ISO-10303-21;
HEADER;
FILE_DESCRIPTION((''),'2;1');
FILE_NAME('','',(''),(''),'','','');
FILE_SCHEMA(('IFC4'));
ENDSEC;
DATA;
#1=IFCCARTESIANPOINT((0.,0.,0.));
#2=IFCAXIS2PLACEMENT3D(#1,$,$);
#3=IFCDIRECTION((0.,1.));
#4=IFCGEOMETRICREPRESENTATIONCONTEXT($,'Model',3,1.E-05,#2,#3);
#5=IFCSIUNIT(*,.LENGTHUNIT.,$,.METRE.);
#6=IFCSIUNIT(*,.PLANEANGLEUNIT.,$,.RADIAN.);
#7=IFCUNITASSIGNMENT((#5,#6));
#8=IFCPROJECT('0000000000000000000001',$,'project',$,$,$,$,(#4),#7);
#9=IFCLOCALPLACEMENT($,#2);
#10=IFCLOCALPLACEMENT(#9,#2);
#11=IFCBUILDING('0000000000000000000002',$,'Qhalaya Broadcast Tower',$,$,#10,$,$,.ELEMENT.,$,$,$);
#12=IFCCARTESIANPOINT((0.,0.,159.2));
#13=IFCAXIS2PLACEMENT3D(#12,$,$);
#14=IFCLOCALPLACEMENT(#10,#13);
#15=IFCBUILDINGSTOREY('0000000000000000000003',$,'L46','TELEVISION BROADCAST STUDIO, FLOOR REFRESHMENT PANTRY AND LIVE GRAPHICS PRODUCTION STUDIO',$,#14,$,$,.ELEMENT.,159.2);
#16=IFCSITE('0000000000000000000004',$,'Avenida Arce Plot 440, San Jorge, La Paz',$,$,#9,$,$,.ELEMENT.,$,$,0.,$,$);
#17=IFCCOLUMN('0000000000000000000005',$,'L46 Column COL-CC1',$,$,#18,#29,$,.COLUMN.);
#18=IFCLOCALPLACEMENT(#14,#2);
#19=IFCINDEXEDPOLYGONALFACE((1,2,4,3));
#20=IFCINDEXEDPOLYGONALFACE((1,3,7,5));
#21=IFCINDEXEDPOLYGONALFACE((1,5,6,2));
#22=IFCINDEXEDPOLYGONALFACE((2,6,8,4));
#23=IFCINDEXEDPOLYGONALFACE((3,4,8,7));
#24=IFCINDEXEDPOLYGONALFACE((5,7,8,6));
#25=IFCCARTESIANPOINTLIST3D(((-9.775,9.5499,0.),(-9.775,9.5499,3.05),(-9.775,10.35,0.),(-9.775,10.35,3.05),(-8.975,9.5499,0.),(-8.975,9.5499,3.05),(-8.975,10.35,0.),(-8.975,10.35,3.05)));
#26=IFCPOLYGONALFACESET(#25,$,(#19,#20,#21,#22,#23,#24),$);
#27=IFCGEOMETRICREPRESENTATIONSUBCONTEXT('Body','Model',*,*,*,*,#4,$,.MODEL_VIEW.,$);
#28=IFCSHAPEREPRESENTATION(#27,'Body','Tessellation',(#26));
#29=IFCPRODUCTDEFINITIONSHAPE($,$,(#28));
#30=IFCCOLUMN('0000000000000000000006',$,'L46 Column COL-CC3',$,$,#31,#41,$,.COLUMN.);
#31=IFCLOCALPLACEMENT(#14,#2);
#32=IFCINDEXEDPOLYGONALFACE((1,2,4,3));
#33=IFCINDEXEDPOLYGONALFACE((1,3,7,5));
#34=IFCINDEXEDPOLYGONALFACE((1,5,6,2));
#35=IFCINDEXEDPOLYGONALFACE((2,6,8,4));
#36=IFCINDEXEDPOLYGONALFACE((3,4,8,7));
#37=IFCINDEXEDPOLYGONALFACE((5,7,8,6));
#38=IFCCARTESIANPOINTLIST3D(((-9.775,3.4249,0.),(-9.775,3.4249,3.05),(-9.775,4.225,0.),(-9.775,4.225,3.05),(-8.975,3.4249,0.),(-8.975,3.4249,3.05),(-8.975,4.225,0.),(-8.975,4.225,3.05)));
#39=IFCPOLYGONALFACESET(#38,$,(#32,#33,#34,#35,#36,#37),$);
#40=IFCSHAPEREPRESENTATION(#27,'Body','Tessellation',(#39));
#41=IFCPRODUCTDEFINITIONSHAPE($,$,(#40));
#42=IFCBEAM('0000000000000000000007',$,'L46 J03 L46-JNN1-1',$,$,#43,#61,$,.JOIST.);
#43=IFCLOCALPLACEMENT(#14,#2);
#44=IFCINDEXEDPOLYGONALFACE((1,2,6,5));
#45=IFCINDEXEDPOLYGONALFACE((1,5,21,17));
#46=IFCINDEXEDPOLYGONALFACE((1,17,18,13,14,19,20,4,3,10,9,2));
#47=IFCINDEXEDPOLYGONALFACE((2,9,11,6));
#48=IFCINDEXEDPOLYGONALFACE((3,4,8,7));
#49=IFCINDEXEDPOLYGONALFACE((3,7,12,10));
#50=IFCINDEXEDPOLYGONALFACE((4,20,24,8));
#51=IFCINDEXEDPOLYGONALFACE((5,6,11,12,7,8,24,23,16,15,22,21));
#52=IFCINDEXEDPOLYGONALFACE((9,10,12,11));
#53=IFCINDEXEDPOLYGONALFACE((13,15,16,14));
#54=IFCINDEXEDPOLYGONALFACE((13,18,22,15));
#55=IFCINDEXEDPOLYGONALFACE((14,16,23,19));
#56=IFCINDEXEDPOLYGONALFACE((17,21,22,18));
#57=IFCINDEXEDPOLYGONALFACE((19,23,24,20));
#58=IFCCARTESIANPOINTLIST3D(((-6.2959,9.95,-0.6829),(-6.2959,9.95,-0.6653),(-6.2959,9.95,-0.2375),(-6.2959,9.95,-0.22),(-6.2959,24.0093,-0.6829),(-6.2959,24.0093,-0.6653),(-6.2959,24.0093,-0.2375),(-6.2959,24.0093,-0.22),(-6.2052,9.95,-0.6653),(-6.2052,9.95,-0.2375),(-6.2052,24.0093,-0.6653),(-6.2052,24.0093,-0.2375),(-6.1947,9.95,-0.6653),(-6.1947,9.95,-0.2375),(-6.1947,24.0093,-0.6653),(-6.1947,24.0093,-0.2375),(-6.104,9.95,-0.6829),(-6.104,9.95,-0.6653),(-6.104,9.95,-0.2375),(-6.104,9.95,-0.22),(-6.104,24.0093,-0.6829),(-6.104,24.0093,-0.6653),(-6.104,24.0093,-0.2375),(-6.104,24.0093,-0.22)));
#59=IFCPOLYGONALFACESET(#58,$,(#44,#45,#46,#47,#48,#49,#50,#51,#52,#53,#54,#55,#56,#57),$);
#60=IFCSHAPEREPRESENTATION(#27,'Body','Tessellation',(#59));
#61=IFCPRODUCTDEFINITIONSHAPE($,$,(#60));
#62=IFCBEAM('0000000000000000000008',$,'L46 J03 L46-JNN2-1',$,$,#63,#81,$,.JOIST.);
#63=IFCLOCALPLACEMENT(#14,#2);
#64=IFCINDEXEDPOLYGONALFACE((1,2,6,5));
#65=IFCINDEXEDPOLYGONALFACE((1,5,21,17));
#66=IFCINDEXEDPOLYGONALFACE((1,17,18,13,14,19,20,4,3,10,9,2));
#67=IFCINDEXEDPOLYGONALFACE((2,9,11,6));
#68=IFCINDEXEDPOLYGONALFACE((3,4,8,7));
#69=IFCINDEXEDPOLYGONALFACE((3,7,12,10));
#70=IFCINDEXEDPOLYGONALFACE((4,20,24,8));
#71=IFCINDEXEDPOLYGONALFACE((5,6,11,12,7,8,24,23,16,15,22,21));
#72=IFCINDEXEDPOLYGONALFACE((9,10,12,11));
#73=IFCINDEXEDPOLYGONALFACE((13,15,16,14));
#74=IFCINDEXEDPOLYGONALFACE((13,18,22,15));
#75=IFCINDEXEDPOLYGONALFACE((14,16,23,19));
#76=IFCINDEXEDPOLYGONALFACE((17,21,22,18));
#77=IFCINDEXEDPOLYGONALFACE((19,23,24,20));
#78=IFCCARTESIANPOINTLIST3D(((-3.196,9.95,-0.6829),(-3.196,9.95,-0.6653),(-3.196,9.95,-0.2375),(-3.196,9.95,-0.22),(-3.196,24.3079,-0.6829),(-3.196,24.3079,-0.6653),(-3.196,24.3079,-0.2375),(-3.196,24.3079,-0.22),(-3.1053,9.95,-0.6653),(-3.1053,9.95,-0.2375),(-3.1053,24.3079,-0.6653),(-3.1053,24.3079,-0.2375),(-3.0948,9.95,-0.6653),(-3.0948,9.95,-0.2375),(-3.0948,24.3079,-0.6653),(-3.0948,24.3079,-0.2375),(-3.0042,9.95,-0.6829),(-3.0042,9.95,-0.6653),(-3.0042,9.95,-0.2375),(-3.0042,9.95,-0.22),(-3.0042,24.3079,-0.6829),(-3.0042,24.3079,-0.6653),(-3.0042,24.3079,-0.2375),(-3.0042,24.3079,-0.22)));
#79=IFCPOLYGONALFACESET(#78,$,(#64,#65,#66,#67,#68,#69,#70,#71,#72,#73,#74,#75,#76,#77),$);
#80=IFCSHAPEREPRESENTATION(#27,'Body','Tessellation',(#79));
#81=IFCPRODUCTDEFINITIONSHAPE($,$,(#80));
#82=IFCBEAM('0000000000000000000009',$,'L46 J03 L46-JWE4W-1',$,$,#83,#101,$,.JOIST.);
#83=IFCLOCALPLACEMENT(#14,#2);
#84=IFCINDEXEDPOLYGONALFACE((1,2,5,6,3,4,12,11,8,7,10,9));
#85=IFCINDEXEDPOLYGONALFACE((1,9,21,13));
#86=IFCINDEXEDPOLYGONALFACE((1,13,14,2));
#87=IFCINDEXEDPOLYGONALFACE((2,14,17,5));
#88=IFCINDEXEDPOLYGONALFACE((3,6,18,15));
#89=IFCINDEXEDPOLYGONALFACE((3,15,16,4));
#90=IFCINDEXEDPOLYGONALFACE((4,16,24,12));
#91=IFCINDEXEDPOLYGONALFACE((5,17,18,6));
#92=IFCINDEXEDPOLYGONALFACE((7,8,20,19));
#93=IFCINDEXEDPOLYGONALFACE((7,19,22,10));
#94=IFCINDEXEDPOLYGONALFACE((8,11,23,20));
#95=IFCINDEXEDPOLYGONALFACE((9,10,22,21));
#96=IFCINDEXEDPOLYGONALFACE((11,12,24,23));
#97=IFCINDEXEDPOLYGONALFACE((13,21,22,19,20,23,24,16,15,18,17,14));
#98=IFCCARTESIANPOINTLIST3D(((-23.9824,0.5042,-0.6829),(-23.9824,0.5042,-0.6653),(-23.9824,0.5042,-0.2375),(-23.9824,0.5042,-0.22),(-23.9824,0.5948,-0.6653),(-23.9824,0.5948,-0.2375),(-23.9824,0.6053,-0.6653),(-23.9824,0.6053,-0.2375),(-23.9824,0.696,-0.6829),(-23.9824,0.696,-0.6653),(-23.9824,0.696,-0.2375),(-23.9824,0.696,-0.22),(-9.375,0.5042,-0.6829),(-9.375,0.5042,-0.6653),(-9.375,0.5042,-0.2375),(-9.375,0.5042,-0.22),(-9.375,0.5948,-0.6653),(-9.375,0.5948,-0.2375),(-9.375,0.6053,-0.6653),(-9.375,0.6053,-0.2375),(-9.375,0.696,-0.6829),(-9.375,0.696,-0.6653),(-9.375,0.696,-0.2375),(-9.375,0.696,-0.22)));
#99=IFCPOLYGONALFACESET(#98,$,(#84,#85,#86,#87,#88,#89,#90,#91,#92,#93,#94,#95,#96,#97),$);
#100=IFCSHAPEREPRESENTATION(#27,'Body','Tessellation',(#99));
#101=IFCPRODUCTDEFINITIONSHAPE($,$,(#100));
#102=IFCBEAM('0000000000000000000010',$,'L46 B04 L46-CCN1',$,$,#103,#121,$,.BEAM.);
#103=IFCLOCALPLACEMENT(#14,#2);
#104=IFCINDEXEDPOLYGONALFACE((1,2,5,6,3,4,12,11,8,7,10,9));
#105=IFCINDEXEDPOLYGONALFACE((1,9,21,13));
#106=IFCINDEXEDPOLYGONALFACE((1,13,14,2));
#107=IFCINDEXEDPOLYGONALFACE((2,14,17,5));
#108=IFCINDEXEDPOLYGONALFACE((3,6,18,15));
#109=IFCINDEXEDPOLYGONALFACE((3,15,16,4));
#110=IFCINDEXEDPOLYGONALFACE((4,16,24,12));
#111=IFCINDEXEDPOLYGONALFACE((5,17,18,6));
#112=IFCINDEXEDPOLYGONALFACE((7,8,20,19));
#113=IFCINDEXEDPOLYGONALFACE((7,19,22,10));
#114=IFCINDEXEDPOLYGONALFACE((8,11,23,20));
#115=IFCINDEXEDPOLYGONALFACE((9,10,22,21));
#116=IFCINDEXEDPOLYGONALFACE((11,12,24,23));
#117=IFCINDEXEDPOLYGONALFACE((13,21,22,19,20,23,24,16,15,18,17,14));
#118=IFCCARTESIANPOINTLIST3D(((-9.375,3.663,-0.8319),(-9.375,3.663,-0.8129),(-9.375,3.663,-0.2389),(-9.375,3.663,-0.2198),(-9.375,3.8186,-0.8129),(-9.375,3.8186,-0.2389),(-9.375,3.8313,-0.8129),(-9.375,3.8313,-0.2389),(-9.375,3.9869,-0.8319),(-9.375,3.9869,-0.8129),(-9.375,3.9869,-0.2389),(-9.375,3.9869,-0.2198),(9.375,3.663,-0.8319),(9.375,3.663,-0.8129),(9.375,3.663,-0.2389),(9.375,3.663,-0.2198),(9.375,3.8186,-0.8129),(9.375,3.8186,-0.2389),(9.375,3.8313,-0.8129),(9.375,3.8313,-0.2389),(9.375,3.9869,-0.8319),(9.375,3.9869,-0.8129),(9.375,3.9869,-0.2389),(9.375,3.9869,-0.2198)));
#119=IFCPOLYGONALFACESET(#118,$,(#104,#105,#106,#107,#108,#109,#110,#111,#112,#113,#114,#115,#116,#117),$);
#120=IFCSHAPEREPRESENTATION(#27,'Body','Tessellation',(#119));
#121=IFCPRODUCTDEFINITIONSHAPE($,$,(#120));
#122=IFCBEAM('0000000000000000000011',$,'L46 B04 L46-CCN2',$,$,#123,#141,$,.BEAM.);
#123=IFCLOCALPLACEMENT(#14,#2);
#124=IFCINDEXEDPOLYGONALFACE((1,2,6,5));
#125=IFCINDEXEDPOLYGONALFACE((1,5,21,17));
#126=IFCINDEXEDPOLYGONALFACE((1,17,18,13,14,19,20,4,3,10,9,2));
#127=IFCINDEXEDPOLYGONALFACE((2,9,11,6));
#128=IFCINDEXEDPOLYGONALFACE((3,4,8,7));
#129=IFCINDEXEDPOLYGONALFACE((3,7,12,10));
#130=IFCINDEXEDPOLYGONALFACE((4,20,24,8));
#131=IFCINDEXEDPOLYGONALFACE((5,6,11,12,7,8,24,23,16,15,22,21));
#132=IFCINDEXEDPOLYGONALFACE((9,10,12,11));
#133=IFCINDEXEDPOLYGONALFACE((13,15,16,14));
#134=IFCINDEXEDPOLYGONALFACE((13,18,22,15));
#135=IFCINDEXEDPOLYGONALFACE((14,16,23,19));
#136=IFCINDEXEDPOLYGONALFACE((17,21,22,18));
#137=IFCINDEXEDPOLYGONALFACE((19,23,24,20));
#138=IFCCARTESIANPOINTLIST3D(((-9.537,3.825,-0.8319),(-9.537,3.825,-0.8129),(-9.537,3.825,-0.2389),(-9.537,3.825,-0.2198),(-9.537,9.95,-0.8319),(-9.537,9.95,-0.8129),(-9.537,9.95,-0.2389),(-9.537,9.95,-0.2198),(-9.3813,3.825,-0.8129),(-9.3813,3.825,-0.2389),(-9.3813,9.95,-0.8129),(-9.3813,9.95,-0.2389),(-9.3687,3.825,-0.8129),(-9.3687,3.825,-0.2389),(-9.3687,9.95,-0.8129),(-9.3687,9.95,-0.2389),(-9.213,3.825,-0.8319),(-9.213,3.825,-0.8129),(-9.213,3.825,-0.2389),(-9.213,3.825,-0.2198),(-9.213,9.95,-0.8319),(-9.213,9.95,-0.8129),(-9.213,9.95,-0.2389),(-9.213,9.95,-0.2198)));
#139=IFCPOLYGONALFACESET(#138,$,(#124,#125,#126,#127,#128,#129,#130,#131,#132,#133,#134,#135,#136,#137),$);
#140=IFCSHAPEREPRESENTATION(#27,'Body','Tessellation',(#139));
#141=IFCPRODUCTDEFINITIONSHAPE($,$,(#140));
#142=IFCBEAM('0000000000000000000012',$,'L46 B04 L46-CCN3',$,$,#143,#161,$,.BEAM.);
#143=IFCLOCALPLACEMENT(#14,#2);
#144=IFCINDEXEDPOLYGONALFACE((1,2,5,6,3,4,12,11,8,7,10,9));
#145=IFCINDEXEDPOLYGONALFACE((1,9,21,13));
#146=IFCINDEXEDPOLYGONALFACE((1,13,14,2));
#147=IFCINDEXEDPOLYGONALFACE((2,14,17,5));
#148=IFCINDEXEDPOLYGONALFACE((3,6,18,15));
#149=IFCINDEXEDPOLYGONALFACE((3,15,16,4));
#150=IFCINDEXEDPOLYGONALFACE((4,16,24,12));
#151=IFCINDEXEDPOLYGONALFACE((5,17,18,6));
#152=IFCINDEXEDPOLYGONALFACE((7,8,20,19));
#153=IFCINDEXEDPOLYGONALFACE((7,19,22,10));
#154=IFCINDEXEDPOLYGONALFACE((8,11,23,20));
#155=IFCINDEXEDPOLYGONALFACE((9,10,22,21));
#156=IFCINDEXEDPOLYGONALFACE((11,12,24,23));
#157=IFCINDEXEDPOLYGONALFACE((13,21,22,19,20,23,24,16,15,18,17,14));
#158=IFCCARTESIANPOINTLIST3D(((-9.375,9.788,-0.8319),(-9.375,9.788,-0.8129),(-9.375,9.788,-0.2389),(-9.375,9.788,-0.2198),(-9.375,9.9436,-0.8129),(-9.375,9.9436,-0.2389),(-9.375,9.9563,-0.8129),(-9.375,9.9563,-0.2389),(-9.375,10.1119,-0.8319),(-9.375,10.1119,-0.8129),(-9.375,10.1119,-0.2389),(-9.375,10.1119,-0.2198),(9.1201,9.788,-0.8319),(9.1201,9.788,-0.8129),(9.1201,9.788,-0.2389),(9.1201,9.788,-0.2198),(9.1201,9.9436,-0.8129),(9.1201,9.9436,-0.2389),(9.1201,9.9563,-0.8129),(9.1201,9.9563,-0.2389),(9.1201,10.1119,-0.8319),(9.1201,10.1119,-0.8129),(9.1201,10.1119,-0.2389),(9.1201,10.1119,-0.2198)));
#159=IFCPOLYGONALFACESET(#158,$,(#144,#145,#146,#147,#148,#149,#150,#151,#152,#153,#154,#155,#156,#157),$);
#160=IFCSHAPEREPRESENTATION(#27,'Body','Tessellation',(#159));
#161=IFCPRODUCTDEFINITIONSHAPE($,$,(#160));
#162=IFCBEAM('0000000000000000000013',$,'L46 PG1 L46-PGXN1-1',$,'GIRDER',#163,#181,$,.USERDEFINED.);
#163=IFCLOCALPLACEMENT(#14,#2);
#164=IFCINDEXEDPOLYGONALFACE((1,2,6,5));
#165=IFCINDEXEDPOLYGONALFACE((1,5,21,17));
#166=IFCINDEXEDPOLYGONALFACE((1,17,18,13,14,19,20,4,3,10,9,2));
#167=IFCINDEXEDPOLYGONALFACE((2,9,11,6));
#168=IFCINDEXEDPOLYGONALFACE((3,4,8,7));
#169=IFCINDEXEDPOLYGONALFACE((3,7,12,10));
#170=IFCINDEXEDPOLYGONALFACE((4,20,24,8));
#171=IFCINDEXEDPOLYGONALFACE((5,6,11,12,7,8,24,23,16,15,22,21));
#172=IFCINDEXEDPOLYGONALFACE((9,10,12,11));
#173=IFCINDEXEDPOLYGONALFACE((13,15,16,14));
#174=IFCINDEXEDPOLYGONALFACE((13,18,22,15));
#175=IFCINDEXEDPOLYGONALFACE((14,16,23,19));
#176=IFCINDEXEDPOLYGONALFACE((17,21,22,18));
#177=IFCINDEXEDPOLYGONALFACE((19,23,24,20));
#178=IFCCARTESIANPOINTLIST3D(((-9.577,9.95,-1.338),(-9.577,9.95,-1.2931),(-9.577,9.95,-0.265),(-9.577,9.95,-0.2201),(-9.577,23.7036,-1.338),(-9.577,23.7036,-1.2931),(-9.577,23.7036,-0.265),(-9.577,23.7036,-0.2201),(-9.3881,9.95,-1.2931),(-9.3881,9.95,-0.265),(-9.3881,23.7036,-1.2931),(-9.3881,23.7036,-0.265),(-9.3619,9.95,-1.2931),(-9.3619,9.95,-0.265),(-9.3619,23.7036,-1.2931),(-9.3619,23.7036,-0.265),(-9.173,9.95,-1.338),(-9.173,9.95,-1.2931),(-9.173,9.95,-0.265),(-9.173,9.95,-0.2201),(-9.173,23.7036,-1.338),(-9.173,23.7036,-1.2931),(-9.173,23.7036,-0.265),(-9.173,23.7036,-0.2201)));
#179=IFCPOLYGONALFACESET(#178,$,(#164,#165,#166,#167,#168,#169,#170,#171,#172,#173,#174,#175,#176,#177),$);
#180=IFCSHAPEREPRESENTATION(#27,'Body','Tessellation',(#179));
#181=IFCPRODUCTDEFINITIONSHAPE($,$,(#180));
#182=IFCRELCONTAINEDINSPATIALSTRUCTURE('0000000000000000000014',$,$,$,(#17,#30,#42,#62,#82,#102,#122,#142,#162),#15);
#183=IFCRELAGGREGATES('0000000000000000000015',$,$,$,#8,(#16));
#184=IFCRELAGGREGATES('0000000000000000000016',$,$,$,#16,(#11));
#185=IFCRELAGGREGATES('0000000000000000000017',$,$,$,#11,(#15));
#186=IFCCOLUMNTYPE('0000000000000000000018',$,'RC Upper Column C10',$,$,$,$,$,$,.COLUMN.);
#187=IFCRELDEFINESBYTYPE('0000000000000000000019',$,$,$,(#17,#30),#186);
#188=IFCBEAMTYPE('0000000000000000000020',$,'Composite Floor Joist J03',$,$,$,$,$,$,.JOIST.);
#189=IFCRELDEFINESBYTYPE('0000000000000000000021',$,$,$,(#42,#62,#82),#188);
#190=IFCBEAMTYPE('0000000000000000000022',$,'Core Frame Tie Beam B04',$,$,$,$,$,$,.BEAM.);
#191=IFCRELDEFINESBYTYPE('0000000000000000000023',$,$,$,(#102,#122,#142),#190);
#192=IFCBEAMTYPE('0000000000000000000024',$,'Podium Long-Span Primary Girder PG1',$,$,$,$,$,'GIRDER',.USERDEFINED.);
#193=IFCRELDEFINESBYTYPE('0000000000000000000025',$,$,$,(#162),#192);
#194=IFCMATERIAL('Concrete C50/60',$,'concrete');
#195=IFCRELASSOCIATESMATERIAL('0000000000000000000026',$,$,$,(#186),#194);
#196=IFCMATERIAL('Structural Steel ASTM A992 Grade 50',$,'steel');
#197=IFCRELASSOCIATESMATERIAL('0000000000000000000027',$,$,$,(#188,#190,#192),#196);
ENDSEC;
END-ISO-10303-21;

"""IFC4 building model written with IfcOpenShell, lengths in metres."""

from ifc_helpers import new_model, si_unit, direction, frame, origin, origin_2d, place, context, subcontext, project, spatial, rectangle, i_section, extrude, material, material_profile, profile_set, type_object, element, save


model = new_model("IFC4")

# Units and contexts
model_context = context("Model", 3, precision=1e-05, world=origin(), true_north=direction((0.0, 1.0)))
body_context = subcontext(model_context, "Body", "Model", "MODEL_VIEW")
ifc_project = project(units=[si_unit("LENGTHUNIT", "METRE"), si_unit("PLANEANGLEUNIT", "RADIAN")], contexts=[model_context])

# Site, building, storey
site_placement = place(None, origin())
site = spatial("IfcSite", under=ifc_project, at=site_placement, Name="Avenida Arce Plot 440, San Jorge, La Paz", CompositionType="ELEMENT", RefElevation=0.0)
building_placement = place(site_placement, origin())
building = spatial("IfcBuilding", under=site, at=building_placement, Name="Qhalaya Broadcast Tower", CompositionType="ELEMENT")
storey_placement = place(building_placement, frame((0.0, 0.0, 159.2)))
storey = spatial("IfcBuildingStorey", under=building, at=storey_placement, Name="L46", Description="TELEVISION BROADCAST STUDIO, FLOOR REFRESHMENT PANTRY AND LIVE GRAPHICS PRODUCTION STUDIO", CompositionType="ELEMENT", Elevation=159.2)

# Columns
ifc_material_1 = material(Name="Concrete C50/60", Category="concrete")
ifc_material_profile_1 = material_profile(ifc_material_1, rectangle(XDim=0.8, YDim=0.8, at=origin_2d()), Name="RC-COL 800x800")
ifc_profile_set_1 = profile_set([ifc_material_profile_1], Name="Concrete C50/60")
column_type = type_object("IfcColumnType", Name="RC Upper Column C10", PredefinedType="COLUMN", material=ifc_profile_set_1)
for number, where, z_axis, x_axis, name in (
    (1, (-9.375, 9.95, 0.0), (0.0, 0.0, 1.0), (1.0, 0.0, 0.0), "L46 Column COL-CC1"),
    (2, (-9.375, 3.825, 0.0), (0.0, 0.0, 1.0), (1.0, 0.0, 0.0), "L46 Column COL-CC3"),
):
    element("IfcColumn", number, at=place(storey_placement, frame(where, z_axis=z_axis, x_axis=x_axis)), inside=storey, type_object=column_type, Name=name, PredefinedType="COLUMN", context=body_context, shape_type="SweptSolid", body=[
        extrude(rectangle(XDim=0.8, YDim=0.8, at=origin_2d()), origin(), (0.0, 0.0, 1.0), 3.05),
    ])

# Beams
ifc_material_2 = material(Name="Structural Steel ASTM A992 Grade 50", Category="steel")
ifc_material_profile_2 = material_profile(ifc_material_2, i_section(OverallWidth=0.1919, OverallDepth=0.4629, WebThickness=0.0105, FlangeThickness=0.0176, at=origin_2d()), Name="W18X60")
ifc_profile_set_2 = profile_set([ifc_material_profile_2], Name="Structural Steel ASTM A992 Grade 50")
beam_type_1 = type_object("IfcBeamType", Name="Composite Floor Joist J03", PredefinedType="JOIST", material=ifc_profile_set_2)
beam_1_placement = place(storey_placement, frame((-6.2, 9.95, -0.4514), z_axis=(0.0, 1.0, 0.0), x_axis=(-1.0, 0.0, 0.0)))
element("IfcBeam", 3, at=beam_1_placement, inside=storey, type_object=beam_type_1, Name="L46 J03 L46-JNN1-1", PredefinedType="JOIST", context=body_context, shape_type="SweptSolid", body=[
    extrude(i_section(OverallWidth=0.1919, OverallDepth=0.4629, WebThickness=0.0105, FlangeThickness=0.0176, at=origin_2d()), origin(), (0.0, 0.0, 1.0), 14.0593),
])
beam_2_placement = place(storey_placement, frame((-3.1001, 9.95, -0.4514), z_axis=(0.0, 1.0, 0.0), x_axis=(-1.0, 0.0, 0.0)))
element("IfcBeam", 4, at=beam_2_placement, inside=storey, type_object=beam_type_1, Name="L46 J03 L46-JNN2-1", PredefinedType="JOIST", context=body_context, shape_type="SweptSolid", body=[
    extrude(i_section(OverallWidth=0.1919, OverallDepth=0.4629, WebThickness=0.0105, FlangeThickness=0.0176, at=origin_2d()), origin(), (0.0, 0.0, 1.0), 14.3579),
])
beam_3_placement = place(storey_placement, frame((-23.9824, 0.6001, -0.4514), z_axis=(1.0, 0.0, 0.0), x_axis=(0.0, 1.0, 0.0)))
element("IfcBeam", 5, at=beam_3_placement, inside=storey, type_object=beam_type_1, Name="L46 J03 L46-JWE4W-1", PredefinedType="JOIST", context=body_context, shape_type="SweptSolid", body=[
    extrude(i_section(OverallWidth=0.1919, OverallDepth=0.4629, WebThickness=0.0105, FlangeThickness=0.0176, at=origin_2d()), origin(), (0.0, 0.0, 1.0), 14.6074),
])
ifc_material_profile_3 = material_profile(ifc_material_2, i_section(OverallWidth=0.324, OverallDepth=0.6121, WebThickness=0.0127, FlangeThickness=0.019, at=origin_2d()), Name="W24X104")
ifc_profile_set_3 = profile_set([ifc_material_profile_3], Name="Structural Steel ASTM A992 Grade 50")
beam_type_2 = type_object("IfcBeamType", Name="Core Frame Tie Beam B04", PredefinedType="BEAM", material=ifc_profile_set_3)
beam_4_placement = place(storey_placement, frame((-9.375, 3.825, -0.5259), z_axis=(1.0, 0.0, 0.0), x_axis=(0.0, 1.0, 0.0)))
element("IfcBeam", 6, at=beam_4_placement, inside=storey, type_object=beam_type_2, Name="L46 B04 L46-CCN1", PredefinedType="BEAM", context=body_context, shape_type="SweptSolid", body=[
    extrude(i_section(OverallWidth=0.324, OverallDepth=0.6121, WebThickness=0.0127, FlangeThickness=0.019, at=origin_2d()), origin(), (0.0, 0.0, 1.0), 18.75),
])
beam_5_placement = place(storey_placement, frame((-9.375, 3.825, -0.5259), z_axis=(0.0, 1.0, 0.0), x_axis=(-1.0, 0.0, 0.0)))
element("IfcBeam", 7, at=beam_5_placement, inside=storey, type_object=beam_type_2, Name="L46 B04 L46-CCN2", PredefinedType="BEAM", context=body_context, shape_type="SweptSolid", body=[
    extrude(i_section(OverallWidth=0.324, OverallDepth=0.6121, WebThickness=0.0127, FlangeThickness=0.019, at=origin_2d()), origin(), (0.0, 0.0, 1.0), 6.125),
])
beam_6_placement = place(storey_placement, frame((-9.375, 9.95, -0.5259), z_axis=(1.0, 0.0, 0.0), x_axis=(0.0, 1.0, 0.0)))
element("IfcBeam", 8, at=beam_6_placement, inside=storey, type_object=beam_type_2, Name="L46 B04 L46-CCN3", PredefinedType="BEAM", context=body_context, shape_type="SweptSolid", body=[
    extrude(i_section(OverallWidth=0.324, OverallDepth=0.6121, WebThickness=0.0127, FlangeThickness=0.019, at=origin_2d()), origin(), (0.0, 0.0, 1.0), 18.4951),
])
ifc_material_profile_4 = material_profile(ifc_material_2, i_section(OverallWidth=0.4041, OverallDepth=1.1179, WebThickness=0.0261, FlangeThickness=0.0449, at=origin_2d()), Name="W44X335")
ifc_profile_set_4 = profile_set([ifc_material_profile_4], Name="Structural Steel ASTM A992 Grade 50")
beam_type_3 = type_object("IfcBeamType", Name="Podium Long-Span Primary Girder PG1", ElementType="GIRDER", PredefinedType="USERDEFINED", material=ifc_profile_set_4)
beam_7_placement = place(storey_placement, frame((-9.375, 9.95, -0.7791), z_axis=(0.0, 1.0, 0.0), x_axis=(-1.0, 0.0, 0.0)))
element("IfcBeam", 9, at=beam_7_placement, inside=storey, type_object=beam_type_3, Name="L46 PG1 L46-PGXN1-1", ObjectType="GIRDER", PredefinedType="USERDEFINED", context=body_context, shape_type="SweptSolid", body=[
    extrude(i_section(OverallWidth=0.4041, OverallDepth=1.1179, WebThickness=0.0261, FlangeThickness=0.0449, at=origin_2d()), origin(), (0.0, 0.0, 1.0), 13.7537),
])

save(model, "model.ifc")
